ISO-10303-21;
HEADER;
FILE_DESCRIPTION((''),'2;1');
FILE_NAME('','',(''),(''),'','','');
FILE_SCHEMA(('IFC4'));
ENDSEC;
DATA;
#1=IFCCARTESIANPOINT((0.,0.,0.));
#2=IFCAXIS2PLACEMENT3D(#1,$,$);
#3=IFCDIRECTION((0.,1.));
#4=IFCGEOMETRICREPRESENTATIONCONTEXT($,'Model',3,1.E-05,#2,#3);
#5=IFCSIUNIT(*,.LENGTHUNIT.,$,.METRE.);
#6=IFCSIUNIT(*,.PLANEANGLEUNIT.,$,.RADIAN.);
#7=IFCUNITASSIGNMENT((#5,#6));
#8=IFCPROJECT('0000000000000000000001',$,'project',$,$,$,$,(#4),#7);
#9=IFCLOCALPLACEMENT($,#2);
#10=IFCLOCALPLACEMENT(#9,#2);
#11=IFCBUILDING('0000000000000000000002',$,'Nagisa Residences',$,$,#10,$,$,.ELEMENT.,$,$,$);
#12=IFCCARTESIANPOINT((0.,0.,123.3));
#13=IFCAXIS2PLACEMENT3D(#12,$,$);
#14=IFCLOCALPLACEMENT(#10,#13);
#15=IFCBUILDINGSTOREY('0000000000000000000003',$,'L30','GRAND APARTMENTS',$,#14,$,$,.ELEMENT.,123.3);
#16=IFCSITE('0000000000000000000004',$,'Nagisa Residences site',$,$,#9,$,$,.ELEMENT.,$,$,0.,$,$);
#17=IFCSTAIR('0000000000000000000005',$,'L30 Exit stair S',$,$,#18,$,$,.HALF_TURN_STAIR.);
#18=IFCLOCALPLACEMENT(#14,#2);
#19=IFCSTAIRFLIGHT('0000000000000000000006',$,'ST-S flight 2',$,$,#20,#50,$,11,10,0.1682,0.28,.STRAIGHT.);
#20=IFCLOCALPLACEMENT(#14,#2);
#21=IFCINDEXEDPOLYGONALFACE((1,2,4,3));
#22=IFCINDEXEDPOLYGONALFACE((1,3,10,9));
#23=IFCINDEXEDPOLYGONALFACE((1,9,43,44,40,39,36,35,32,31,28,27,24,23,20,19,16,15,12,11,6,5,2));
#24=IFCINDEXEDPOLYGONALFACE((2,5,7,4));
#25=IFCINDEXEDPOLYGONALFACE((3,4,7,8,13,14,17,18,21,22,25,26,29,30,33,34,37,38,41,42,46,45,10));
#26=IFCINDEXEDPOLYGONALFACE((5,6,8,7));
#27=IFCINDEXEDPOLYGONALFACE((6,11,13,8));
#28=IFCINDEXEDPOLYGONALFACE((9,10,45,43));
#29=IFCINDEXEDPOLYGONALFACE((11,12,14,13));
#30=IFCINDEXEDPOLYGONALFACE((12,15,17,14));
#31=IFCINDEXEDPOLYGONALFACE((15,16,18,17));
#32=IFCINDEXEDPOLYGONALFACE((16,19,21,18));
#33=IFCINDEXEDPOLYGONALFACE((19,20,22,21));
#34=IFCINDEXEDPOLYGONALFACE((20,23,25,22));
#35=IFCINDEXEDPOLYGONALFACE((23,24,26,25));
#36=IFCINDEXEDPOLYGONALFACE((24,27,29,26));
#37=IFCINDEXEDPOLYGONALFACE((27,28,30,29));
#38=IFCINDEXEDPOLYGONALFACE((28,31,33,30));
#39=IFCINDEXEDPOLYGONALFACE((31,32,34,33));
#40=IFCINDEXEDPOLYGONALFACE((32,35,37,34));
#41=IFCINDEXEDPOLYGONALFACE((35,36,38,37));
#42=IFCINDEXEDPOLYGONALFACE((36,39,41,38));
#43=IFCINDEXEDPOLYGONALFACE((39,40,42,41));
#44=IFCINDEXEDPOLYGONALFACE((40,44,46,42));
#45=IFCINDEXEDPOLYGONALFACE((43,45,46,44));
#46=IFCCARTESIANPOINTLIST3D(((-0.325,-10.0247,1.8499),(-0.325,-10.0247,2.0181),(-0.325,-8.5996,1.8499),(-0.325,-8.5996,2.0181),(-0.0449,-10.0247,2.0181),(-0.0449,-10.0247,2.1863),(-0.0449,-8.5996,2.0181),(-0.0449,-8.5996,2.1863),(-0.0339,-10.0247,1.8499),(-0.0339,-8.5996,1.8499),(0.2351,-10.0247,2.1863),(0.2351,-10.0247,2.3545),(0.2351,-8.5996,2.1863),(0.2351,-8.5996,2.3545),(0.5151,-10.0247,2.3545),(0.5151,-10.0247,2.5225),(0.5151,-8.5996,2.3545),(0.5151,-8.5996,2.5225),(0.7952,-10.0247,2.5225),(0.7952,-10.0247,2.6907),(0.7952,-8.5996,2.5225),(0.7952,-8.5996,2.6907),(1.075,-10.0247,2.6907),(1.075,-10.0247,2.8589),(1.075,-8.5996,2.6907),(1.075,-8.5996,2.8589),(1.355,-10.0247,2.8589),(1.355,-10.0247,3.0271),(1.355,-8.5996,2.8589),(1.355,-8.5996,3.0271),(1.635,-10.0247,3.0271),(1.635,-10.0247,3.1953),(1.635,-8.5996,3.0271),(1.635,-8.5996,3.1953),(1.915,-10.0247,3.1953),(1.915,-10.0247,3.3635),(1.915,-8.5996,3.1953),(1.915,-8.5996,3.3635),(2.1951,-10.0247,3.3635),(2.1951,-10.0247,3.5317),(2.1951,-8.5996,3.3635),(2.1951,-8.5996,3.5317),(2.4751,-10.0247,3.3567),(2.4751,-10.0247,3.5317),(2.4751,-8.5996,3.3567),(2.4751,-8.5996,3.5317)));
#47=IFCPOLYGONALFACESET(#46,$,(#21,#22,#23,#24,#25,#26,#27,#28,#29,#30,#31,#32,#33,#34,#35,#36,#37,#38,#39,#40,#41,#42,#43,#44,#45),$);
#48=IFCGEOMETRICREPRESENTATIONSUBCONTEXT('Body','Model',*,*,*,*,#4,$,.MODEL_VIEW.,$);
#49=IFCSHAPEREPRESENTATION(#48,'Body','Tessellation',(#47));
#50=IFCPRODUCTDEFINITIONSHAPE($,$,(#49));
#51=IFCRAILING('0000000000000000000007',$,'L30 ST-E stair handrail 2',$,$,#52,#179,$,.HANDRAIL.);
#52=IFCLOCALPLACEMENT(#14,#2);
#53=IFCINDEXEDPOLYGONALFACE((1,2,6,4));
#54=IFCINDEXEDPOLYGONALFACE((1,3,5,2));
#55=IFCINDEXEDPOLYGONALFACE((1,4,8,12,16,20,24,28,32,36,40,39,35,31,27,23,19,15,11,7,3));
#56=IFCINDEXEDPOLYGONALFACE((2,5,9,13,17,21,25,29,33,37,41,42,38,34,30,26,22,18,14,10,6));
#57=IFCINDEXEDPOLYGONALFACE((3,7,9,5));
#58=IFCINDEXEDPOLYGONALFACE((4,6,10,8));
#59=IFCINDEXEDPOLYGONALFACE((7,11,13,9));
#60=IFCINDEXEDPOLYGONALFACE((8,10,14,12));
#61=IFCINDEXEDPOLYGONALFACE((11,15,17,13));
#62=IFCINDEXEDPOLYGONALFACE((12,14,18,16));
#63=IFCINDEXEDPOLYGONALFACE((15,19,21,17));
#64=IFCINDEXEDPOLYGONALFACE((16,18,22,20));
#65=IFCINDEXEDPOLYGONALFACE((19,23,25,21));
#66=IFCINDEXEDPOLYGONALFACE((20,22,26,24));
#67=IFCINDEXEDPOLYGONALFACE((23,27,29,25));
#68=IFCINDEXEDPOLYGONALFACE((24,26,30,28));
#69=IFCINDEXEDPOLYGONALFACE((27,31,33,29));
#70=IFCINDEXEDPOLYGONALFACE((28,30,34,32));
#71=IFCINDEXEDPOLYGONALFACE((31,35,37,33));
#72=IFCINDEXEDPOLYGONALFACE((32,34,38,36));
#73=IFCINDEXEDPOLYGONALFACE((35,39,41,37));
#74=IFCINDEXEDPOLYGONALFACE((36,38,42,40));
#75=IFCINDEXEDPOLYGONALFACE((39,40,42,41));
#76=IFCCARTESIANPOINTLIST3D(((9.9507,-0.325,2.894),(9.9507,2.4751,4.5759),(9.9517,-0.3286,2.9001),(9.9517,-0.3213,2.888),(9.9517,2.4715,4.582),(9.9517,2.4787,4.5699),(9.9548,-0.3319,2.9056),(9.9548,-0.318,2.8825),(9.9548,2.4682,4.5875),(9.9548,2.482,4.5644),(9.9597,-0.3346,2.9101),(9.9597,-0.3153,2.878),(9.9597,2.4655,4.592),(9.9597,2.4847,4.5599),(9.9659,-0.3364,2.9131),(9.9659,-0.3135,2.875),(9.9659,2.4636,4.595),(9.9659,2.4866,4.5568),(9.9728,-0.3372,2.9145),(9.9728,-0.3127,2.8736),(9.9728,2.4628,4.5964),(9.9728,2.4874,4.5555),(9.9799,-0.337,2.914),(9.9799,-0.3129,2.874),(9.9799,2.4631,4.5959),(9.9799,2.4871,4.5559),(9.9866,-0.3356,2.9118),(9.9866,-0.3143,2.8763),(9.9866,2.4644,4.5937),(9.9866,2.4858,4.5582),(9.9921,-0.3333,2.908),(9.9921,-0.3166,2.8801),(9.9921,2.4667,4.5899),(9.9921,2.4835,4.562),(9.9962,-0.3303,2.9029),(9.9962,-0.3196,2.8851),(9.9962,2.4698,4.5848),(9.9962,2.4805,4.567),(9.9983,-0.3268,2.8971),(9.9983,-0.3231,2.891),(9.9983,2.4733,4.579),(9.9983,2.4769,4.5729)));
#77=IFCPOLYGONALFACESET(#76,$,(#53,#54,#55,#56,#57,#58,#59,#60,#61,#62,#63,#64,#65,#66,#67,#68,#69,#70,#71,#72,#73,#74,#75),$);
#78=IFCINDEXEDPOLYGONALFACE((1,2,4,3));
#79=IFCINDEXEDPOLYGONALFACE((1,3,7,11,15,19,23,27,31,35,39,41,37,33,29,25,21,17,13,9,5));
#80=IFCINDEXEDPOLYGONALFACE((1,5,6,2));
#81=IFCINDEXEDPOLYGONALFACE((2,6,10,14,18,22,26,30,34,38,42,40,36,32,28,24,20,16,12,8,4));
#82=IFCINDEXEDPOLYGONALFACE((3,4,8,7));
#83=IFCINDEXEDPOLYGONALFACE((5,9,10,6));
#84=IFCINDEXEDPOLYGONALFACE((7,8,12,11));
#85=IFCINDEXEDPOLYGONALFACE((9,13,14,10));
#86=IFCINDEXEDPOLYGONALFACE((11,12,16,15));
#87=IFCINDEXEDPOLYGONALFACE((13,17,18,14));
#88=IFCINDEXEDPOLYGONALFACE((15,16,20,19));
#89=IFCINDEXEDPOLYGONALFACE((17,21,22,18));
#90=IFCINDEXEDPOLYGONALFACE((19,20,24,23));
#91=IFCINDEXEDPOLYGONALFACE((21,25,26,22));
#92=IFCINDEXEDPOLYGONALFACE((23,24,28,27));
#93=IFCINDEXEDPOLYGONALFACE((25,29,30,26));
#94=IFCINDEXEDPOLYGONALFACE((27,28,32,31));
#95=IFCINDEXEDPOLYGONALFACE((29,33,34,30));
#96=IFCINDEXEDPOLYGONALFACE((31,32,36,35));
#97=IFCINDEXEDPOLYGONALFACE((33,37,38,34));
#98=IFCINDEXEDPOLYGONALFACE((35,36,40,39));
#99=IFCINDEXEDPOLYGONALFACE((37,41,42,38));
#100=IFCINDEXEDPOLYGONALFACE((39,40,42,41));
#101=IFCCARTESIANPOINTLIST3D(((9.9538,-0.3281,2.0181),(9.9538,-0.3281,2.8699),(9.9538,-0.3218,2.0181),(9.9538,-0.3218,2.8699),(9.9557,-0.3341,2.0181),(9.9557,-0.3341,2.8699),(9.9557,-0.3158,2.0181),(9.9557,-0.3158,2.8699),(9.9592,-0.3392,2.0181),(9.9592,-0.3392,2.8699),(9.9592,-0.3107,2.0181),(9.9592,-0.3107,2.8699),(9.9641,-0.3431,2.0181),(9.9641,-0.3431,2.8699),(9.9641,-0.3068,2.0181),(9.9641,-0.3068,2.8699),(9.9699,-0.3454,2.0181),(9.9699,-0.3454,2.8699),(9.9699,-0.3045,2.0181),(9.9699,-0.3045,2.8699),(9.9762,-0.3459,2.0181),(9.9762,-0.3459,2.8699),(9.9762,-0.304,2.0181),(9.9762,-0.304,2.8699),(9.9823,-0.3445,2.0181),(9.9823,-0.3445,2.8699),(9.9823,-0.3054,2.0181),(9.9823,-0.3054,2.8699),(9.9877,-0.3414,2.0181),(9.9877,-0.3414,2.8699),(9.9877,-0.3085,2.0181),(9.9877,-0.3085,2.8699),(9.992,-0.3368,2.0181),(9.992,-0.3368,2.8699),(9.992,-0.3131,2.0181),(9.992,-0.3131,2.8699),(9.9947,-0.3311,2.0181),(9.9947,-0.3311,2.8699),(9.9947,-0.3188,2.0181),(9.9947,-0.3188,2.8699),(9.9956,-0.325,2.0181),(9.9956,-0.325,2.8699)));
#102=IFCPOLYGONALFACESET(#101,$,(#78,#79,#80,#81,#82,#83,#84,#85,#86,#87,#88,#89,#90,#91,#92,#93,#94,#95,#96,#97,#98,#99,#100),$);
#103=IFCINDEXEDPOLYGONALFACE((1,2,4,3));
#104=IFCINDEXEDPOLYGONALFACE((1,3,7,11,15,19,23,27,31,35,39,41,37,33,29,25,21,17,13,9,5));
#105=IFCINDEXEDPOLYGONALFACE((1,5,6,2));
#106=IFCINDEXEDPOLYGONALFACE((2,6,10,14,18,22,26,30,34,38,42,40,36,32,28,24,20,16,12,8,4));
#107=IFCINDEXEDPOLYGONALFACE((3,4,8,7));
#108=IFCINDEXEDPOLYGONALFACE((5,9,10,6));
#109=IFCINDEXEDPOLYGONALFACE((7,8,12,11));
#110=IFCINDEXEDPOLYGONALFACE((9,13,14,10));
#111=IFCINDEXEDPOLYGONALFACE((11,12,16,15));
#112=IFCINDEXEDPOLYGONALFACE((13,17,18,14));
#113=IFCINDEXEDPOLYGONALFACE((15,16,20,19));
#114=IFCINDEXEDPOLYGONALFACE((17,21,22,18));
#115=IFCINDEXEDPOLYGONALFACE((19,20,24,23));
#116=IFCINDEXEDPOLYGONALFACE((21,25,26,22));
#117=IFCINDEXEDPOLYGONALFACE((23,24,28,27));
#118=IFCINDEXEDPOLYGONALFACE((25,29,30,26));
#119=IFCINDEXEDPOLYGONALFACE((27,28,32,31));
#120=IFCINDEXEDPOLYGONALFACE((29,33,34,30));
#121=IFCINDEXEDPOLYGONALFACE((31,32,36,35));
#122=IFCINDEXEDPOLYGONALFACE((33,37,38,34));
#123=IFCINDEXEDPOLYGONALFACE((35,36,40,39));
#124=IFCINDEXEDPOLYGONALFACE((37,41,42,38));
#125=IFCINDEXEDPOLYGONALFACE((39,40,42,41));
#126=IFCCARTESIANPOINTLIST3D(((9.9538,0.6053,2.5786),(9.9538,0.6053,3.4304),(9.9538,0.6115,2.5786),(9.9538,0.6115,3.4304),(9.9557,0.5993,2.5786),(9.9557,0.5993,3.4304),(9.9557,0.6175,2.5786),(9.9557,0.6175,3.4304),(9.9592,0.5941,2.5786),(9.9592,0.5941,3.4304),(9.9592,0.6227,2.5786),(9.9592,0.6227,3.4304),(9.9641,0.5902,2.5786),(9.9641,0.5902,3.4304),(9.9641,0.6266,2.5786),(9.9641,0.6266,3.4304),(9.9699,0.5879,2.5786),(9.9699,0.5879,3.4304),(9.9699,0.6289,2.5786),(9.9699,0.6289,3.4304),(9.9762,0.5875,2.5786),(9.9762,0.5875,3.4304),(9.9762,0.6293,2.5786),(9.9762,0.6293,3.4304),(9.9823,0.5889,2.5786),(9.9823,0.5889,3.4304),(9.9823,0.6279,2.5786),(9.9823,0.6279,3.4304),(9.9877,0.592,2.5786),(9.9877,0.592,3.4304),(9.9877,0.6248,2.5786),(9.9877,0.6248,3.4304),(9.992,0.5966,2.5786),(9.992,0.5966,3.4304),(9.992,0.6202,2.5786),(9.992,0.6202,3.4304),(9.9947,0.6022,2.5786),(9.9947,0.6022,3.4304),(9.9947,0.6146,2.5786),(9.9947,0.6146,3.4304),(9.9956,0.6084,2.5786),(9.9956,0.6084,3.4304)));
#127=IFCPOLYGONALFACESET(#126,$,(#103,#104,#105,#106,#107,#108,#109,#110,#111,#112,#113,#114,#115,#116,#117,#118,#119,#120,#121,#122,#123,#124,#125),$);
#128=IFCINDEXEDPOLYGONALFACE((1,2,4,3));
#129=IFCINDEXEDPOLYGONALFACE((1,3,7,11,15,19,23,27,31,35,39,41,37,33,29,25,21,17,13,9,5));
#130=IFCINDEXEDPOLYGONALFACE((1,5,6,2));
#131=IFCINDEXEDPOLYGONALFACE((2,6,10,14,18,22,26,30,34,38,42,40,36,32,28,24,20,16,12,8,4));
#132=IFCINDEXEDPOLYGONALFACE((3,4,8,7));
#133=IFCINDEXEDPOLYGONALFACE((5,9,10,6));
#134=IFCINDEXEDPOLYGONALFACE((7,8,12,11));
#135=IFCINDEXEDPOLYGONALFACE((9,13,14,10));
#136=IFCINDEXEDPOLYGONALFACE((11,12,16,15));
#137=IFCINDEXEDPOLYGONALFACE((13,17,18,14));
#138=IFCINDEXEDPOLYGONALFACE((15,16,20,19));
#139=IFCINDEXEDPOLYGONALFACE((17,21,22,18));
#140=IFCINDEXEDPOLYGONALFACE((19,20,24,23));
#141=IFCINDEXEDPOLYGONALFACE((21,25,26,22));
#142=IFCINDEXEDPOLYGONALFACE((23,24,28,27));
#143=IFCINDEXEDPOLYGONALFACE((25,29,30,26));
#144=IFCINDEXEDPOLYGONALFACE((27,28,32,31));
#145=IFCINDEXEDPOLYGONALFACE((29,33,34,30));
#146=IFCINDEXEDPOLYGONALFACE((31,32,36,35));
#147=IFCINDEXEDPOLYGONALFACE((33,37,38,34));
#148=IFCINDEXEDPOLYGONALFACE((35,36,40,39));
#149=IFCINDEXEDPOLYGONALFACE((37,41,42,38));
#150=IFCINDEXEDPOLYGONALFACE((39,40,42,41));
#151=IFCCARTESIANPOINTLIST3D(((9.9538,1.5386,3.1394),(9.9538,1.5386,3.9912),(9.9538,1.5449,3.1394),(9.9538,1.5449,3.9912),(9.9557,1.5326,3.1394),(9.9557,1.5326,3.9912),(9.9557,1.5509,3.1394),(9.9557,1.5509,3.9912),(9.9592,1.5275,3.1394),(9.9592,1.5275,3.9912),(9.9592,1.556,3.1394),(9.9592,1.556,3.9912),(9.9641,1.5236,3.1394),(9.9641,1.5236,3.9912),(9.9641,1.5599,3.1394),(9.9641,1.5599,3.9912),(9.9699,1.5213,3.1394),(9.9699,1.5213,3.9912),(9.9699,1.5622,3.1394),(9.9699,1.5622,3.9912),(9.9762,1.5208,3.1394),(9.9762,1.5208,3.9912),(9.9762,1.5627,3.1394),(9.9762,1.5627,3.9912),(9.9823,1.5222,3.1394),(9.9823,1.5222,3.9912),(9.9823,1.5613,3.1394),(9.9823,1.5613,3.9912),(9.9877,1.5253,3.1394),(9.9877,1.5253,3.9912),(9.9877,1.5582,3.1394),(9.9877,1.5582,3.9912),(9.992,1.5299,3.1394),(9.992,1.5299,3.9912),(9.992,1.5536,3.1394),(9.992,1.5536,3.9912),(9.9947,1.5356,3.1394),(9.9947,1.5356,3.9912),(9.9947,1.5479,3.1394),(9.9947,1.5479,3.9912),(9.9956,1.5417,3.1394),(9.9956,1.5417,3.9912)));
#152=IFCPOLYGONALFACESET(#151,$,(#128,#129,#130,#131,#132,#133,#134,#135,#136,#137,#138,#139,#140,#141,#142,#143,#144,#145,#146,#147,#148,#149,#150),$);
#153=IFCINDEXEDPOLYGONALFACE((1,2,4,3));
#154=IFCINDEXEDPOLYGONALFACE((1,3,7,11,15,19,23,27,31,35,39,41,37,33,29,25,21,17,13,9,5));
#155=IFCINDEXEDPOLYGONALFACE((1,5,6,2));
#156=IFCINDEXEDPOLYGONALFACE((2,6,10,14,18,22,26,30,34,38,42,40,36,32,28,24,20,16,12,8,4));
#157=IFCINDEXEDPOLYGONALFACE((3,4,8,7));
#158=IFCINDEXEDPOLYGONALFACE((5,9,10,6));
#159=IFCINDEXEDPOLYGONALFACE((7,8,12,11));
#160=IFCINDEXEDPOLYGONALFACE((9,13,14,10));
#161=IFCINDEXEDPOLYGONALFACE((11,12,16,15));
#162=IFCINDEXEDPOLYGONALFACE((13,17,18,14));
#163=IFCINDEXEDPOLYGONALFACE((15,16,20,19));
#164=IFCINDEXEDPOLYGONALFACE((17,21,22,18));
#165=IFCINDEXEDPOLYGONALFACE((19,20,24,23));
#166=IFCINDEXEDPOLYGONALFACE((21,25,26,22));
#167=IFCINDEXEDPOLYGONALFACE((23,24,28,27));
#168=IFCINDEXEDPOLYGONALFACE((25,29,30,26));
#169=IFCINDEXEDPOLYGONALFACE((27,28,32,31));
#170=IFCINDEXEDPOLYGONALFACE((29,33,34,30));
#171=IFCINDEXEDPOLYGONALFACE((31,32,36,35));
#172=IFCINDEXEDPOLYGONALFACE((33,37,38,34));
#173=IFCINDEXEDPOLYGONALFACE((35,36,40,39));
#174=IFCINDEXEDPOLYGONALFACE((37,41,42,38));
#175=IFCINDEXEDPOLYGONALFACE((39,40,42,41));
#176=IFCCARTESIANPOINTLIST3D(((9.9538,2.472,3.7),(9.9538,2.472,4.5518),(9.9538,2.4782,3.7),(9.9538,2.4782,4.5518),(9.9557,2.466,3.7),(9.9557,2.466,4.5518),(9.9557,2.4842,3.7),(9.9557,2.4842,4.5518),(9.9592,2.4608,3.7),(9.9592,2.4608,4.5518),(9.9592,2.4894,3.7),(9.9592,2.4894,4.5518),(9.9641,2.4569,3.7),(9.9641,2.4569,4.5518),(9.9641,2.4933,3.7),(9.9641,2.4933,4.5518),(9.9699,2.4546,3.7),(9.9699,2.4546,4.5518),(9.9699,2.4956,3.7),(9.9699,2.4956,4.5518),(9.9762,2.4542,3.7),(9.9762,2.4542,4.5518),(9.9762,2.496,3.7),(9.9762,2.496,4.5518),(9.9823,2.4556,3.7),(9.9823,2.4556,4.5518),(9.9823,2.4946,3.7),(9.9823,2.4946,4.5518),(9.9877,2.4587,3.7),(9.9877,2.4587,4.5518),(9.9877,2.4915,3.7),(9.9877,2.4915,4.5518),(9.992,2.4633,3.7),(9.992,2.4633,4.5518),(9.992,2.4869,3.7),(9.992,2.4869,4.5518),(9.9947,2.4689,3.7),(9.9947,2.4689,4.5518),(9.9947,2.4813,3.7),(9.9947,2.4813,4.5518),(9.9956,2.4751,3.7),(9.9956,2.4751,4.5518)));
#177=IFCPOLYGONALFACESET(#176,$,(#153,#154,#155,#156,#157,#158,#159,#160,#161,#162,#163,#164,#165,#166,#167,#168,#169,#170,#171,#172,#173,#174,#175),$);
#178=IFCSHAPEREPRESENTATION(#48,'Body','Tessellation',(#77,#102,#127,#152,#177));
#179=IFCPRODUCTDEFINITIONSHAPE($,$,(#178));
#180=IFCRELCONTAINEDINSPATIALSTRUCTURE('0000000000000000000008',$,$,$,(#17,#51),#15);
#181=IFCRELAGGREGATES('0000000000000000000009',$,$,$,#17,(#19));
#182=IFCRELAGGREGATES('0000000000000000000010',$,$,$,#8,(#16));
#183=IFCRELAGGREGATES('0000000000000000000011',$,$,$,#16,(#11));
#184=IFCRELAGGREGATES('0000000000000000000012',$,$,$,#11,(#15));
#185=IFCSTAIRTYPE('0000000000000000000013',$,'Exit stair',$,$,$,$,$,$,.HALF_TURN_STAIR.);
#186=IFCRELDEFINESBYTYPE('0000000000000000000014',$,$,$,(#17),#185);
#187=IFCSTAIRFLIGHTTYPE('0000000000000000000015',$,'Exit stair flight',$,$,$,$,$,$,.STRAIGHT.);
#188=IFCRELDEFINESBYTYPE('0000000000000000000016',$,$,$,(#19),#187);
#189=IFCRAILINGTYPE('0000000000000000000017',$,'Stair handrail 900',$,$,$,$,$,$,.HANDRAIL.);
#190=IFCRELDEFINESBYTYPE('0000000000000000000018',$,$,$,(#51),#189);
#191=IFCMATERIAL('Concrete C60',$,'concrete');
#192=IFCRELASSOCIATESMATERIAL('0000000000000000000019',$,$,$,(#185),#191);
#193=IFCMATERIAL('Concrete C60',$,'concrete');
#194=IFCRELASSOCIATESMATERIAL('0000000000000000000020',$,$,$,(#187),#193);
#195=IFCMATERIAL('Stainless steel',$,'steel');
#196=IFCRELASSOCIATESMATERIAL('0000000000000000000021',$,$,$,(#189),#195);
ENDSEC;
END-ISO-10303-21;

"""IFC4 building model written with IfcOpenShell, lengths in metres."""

from ifc_helpers import new_model, si_unit, direction, frame, origin, origin_2d, place, context, subcontext, project, spatial, polyline, circle, outline, extrude, material, type_object, element, aggregate, save


model = new_model("IFC4")

# Units and contexts
model_context = context("Model", 3, precision=1e-05, world=origin(), true_north=direction((0.0, 1.0)))
body_context = subcontext(model_context, "Body", "Model", "MODEL_VIEW")
ifc_project = project(units=[si_unit("LENGTHUNIT", "METRE"), si_unit("PLANEANGLEUNIT", "RADIAN")], contexts=[model_context])

# Site, building, storey
site_placement = place(None, origin())
site = spatial("IfcSite", under=ifc_project, at=site_placement, Name="Nagisa Residences site", CompositionType="ELEMENT", RefElevation=0.0)
building_placement = place(site_placement, origin())
building = spatial("IfcBuilding", under=site, at=building_placement, Name="Nagisa Residences", CompositionType="ELEMENT")
storey_placement = place(building_placement, frame((0.0, 0.0, 123.3)))
storey = spatial("IfcBuildingStorey", under=building, at=storey_placement, Name="L30", Description="GRAND APARTMENTS", CompositionType="ELEMENT", Elevation=123.3)

# Shared definitions
ifc_material_1 = material(Name="Concrete C60", Category="concrete")
stair_type = type_object("IfcStairType", Name="Exit stair", PredefinedType="HALF_TURN_STAIR", material=ifc_material_1)
ifc_material_2 = material(Name="Concrete C60", Category="concrete")
stair_flight_type = type_object("IfcStairFlightType", Name="Exit stair flight", PredefinedType="STRAIGHT", material=ifc_material_2)

# Stair, stair flight
stair_1_placement = place(storey_placement, origin())
stair_1 = element("IfcStair", 1, at=stair_1_placement, inside=storey, type_object=stair_type, Name="L30 Exit stair S", PredefinedType="HALF_TURN_STAIR")
stair_flight_1_placement = place(storey_placement, frame((-0.325, -9.312, 1.8499), z_axis=(0.0, 0.0, 1.0), x_axis=(1.0, 0.0, 0.0)))
stair_flight_1 = element("IfcStairFlight", 2, at=stair_flight_1_placement, type_object=stair_flight_type, Name="ST-S flight 2", NumberOfRisers=11, NumberOfTreads=10, PredefinedType="STRAIGHT", RiserHeight=0.1682, TreadLength=0.28, context=body_context, shape_type="SweptSolid", body=[
    extrude(outline(polyline([(0.0, 0.0), (0.0, 0.1682), (0.28, 0.1682), (0.28, 0.3364), (0.5601, 0.3364), (0.5601, 0.5046), (0.8401, 0.5046), (0.8401, 0.6726), (1.1201, 0.6726), (1.1201, 0.8408), (1.3999, 0.8408), (1.3999, 1.009), (1.6799, 1.009), (1.6799, 1.1772), (1.96, 1.1772), (1.96, 1.3455), (2.24, 1.3455), (2.24, 1.5137), (2.52, 1.5137), (2.52, 1.6819), (2.8, 1.6819), (2.8, 1.8501), (2.8, 1.5068), (0.291, 0.0), (0.0, 0.0)])), frame((0.0, 0.7124, 0.0), z_axis=(0.0, -1.0, 0.0), x_axis=(1.0, 0.0, 0.0)), (0.0, 0.0, 1.0), 1.425),
])
aggregate(stair_1, [stair_flight_1])

# Railing
ifc_material_3 = material(Name="Stainless steel", Category="steel")
railing_type_1 = type_object("IfcRailingType", Name="Stair handrail 900", PredefinedType="HANDRAIL", material=ifc_material_3)
railing_1_placement = place(storey_placement, frame((9.9746, -0.325, 2.0181)))
element("IfcRailing", 3, at=railing_1_placement, inside=storey, type_object=railing_type_1, Name="L30 ST-E stair handrail 2", PredefinedType="HANDRAIL", context=body_context, shape_type="SweptSolid", body=[
    extrude(circle(Radius=0.0239, at=origin_2d()), frame((0.0, 0.0, 0.876), z_axis=(0.0, 0.857242, 0.514913), x_axis=(-1.0, 0.0, 0.0)), (0.0, 0.0, 1.0), 3.2664),
    extrude(circle(Radius=0.021, at=origin_2d()), origin(), (0.0, 0.0, 1.0), 0.8518),
    extrude(circle(Radius=0.021, at=origin_2d()), frame((0.0, 0.9333, 0.5605)), (0.0, 0.0, 1.0), 0.8518),
    extrude(circle(Radius=0.021, at=origin_2d()), frame((0.0, 1.8667, 1.1213)), (0.0, 0.0, 1.0), 0.8518),
    extrude(circle(Radius=0.021, at=origin_2d()), frame((0.0, 2.8, 1.6819)), (0.0, 0.0, 1.0), 0.8518),
])

save(model, "model.ifc")
